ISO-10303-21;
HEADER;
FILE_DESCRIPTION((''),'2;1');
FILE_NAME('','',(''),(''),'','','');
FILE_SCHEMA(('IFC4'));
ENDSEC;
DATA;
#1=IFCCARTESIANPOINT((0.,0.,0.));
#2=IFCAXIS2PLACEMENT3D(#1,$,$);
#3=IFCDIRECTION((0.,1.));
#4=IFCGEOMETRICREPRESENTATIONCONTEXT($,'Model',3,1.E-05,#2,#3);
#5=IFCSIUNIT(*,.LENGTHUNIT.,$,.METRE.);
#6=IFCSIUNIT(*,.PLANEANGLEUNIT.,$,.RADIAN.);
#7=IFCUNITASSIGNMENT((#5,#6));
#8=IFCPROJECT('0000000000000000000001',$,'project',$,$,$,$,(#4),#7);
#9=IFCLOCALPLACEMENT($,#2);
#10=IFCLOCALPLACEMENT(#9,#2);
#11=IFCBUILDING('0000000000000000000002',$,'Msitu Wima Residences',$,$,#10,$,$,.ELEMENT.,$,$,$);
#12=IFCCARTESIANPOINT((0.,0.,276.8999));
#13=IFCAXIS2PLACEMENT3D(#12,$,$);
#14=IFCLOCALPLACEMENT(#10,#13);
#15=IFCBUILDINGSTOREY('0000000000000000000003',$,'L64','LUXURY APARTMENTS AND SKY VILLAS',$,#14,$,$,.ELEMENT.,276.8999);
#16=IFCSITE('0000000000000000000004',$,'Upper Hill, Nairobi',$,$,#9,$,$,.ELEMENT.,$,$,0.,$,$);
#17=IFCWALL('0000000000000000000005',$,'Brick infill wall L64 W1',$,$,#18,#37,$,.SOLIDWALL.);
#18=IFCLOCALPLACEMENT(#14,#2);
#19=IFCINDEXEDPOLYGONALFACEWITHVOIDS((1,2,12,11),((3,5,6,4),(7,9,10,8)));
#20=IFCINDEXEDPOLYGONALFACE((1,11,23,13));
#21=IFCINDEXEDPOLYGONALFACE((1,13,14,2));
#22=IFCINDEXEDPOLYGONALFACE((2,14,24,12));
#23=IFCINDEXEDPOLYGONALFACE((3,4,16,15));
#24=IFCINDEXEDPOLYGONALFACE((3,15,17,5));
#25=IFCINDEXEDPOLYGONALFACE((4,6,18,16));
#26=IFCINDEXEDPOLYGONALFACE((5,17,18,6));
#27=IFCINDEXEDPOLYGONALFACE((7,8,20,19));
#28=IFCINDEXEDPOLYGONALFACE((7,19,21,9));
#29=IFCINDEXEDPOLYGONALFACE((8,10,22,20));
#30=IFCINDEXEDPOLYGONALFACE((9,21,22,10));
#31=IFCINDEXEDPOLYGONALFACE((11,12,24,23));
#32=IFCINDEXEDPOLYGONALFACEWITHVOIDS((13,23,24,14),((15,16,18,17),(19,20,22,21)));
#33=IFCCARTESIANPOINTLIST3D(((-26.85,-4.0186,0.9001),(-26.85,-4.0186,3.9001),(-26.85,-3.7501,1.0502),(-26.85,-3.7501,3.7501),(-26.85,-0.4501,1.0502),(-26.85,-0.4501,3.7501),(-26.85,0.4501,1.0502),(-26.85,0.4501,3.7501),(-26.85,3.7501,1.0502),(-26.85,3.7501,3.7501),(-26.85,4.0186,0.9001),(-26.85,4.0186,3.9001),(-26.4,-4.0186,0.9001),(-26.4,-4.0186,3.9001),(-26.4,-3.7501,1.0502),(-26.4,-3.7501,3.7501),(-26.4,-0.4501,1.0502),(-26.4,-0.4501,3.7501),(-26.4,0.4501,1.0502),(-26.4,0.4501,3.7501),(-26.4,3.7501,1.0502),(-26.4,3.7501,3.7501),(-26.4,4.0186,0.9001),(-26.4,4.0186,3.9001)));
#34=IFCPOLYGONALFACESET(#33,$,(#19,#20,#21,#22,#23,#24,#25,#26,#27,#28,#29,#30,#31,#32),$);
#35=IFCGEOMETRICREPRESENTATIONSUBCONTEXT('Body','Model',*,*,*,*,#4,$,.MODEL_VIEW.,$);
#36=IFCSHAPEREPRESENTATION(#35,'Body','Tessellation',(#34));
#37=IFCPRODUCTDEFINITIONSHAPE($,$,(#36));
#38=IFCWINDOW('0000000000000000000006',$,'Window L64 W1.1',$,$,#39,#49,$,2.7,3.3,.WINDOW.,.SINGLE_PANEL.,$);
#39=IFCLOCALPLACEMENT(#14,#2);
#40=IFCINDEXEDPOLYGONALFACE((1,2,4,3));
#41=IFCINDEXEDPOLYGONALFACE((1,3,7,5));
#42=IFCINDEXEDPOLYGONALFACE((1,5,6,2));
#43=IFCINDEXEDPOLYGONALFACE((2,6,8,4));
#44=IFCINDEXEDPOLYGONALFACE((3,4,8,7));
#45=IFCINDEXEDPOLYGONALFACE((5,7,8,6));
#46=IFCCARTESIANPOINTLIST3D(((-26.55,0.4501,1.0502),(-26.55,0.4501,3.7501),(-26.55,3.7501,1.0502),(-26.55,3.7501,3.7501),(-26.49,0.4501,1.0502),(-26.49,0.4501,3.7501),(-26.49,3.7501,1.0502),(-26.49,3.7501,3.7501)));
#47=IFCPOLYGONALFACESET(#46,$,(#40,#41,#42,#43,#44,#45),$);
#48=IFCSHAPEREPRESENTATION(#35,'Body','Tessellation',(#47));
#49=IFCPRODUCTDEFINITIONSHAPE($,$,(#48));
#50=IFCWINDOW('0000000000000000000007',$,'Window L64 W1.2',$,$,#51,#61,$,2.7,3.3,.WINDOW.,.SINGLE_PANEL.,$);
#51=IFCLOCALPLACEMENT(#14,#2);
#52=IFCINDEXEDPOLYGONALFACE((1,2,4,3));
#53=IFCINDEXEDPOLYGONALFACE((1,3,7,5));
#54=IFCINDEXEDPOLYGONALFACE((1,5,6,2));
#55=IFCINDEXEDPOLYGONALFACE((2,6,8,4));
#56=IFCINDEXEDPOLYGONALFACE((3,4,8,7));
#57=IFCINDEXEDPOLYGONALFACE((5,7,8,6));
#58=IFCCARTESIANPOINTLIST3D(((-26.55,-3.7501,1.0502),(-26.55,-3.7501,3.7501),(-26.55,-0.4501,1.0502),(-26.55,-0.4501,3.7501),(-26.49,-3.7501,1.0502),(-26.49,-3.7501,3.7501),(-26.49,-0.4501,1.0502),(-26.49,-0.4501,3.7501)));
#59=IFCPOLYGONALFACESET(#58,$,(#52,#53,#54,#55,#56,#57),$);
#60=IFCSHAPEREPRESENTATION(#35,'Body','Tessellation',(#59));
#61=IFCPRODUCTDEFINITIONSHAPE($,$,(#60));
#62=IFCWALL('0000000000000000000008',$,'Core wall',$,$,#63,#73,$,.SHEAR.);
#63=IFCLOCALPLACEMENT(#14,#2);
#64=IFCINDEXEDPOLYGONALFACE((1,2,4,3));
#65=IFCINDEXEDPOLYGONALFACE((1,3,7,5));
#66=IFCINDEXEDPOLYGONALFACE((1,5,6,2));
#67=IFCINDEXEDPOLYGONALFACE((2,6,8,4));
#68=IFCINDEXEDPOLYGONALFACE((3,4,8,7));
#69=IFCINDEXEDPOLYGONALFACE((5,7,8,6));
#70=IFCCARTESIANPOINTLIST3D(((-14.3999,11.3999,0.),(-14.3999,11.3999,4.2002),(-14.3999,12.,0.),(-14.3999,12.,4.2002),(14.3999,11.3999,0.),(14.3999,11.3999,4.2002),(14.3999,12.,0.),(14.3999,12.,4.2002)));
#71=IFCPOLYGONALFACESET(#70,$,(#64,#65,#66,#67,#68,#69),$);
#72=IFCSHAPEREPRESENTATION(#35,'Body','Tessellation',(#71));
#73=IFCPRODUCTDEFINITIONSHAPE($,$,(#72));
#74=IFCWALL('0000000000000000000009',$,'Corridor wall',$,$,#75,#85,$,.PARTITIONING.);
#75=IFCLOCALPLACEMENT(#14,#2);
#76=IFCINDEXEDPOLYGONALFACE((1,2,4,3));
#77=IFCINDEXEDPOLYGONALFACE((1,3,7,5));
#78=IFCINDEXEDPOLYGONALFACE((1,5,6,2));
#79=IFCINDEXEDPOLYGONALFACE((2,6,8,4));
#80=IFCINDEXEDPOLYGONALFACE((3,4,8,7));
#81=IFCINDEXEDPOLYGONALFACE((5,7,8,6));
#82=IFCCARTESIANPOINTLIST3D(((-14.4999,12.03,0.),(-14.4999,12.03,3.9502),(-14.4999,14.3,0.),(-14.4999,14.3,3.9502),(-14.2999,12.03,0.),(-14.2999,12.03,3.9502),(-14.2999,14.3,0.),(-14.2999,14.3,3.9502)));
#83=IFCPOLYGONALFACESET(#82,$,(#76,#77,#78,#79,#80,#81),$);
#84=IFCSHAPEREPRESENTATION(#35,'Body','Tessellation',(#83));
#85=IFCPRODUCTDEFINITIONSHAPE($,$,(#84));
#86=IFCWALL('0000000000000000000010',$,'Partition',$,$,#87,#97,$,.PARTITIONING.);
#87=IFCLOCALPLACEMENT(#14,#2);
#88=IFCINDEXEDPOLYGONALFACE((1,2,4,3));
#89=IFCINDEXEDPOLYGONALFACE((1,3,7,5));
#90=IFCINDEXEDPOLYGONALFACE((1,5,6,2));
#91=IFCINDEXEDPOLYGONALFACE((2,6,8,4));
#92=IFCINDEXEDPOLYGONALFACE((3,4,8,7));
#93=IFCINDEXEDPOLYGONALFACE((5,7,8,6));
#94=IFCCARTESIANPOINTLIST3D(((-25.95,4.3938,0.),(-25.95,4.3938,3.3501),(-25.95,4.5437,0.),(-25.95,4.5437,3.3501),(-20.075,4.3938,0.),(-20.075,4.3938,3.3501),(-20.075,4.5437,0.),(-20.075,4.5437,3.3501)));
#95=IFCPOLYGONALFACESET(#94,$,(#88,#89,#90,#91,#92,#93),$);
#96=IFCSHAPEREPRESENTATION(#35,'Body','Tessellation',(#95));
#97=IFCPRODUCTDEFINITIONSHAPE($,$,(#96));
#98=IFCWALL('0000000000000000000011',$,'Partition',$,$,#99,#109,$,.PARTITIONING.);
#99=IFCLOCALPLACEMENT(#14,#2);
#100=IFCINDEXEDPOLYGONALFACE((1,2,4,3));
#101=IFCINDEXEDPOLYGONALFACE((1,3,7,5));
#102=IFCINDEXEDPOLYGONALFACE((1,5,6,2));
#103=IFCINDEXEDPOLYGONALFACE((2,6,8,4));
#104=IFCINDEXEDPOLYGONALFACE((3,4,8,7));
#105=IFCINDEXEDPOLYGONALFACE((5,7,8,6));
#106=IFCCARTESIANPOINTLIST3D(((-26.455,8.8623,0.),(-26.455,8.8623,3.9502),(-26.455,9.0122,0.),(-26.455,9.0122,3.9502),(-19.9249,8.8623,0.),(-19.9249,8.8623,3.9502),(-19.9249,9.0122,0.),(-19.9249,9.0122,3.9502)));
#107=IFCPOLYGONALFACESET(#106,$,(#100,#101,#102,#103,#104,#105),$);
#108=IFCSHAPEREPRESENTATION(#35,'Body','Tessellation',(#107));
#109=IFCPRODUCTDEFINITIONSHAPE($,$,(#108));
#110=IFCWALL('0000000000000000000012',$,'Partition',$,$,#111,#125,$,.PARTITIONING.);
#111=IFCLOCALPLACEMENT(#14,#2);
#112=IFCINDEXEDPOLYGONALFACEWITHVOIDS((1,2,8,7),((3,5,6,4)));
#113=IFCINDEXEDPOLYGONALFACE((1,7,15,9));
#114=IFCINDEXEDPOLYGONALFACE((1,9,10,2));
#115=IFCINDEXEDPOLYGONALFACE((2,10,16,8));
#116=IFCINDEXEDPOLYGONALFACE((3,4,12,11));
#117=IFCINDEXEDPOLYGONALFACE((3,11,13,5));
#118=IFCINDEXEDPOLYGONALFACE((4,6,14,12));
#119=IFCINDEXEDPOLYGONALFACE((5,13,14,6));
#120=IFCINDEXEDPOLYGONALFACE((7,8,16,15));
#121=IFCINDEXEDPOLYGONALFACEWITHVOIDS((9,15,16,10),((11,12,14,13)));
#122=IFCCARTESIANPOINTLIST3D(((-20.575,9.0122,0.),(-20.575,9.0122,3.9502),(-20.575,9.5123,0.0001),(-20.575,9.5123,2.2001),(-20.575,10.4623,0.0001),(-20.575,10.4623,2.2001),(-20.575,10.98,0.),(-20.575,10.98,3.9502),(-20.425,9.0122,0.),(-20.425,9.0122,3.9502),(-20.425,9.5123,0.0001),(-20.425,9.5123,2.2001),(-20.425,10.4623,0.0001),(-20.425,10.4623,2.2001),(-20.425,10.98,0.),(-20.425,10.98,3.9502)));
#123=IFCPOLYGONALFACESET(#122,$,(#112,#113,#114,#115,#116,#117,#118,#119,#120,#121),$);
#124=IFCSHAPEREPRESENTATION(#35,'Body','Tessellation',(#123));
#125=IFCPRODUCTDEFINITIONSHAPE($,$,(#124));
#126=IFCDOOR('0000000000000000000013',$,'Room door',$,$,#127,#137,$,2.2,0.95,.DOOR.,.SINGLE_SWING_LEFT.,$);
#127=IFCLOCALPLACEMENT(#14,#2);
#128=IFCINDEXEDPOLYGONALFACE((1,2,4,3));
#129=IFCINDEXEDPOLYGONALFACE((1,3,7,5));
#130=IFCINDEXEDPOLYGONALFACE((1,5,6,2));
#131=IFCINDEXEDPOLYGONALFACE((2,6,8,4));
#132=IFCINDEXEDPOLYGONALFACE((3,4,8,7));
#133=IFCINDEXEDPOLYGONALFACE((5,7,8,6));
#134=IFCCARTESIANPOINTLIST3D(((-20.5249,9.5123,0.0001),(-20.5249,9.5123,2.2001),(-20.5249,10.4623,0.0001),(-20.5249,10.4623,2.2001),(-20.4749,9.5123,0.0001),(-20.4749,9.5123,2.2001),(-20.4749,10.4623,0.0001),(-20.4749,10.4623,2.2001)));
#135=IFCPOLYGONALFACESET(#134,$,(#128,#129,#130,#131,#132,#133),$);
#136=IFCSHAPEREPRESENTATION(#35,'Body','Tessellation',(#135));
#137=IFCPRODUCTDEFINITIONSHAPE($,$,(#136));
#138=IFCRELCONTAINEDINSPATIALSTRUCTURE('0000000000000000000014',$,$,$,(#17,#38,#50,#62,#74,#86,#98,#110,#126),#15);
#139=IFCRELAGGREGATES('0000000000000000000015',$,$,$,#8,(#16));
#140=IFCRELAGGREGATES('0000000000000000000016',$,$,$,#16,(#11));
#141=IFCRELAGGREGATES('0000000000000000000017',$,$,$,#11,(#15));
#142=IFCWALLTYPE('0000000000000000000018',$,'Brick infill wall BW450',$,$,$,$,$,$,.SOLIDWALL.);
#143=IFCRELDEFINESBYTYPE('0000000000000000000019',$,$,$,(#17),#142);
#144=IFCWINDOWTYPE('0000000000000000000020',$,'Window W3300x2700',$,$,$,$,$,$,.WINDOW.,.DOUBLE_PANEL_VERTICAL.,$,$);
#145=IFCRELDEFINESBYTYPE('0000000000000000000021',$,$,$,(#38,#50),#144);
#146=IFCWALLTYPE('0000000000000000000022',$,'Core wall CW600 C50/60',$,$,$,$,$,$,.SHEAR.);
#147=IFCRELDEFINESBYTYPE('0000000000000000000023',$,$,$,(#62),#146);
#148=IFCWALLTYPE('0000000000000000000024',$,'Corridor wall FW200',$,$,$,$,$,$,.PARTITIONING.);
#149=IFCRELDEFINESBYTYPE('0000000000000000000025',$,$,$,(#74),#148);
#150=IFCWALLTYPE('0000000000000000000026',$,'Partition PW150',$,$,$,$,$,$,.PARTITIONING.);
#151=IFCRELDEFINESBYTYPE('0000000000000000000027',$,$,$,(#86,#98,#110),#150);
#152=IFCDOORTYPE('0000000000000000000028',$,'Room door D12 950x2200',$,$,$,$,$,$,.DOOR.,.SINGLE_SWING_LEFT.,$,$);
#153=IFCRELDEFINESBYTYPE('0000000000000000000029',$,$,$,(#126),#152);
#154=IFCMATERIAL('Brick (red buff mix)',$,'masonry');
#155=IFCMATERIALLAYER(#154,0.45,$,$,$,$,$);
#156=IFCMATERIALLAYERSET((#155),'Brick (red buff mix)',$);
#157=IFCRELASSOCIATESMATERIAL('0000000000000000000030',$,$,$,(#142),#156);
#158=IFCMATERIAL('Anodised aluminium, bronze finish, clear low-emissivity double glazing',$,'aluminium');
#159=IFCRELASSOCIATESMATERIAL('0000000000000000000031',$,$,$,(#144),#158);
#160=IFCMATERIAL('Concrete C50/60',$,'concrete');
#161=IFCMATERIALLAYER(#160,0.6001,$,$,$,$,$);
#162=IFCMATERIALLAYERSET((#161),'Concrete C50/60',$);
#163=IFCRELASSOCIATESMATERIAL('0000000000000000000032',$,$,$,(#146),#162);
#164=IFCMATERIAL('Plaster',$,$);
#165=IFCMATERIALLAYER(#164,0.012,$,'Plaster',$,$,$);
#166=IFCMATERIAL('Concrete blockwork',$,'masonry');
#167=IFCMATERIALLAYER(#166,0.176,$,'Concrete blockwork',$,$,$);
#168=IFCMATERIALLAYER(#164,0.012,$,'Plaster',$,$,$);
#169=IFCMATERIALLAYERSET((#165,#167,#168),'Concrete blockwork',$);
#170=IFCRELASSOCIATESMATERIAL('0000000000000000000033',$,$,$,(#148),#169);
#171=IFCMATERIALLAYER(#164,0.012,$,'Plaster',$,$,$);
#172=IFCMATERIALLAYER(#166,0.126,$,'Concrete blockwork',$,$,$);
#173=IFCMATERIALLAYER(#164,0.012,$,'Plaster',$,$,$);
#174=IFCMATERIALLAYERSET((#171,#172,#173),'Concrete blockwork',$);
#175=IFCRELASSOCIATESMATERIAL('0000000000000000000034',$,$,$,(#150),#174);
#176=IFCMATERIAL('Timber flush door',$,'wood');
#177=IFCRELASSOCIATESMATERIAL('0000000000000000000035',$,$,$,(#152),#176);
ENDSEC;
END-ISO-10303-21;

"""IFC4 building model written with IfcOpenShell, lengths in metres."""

from ifc_helpers import new_model, si_unit, direction, frame, frame_2d, origin, place, context, subcontext, project, spatial, rectangle, extrude, material, layer, layer_set, type_object, element, fill, save


model = new_model("IFC4")

# Units and contexts
model_context = context("Model", 3, precision=1e-05, world=origin(), true_north=direction((0.0, 1.0)))
body_context = subcontext(model_context, "Body", "Model", "MODEL_VIEW")
ifc_project = project(units=[si_unit("LENGTHUNIT", "METRE"), si_unit("PLANEANGLEUNIT", "RADIAN")], contexts=[model_context])

# Site, building, storey
site_placement = place(None, origin())
site = spatial("IfcSite", under=ifc_project, at=site_placement, Name="Upper Hill, Nairobi", CompositionType="ELEMENT", RefElevation=0.0)
building_placement = place(site_placement, origin())
building = spatial("IfcBuilding", under=site, at=building_placement, Name="Msitu Wima Residences", CompositionType="ELEMENT")
storey_placement = place(building_placement, frame((0.0, 0.0, 276.8999)))
storey = spatial("IfcBuildingStorey", under=building, at=storey_placement, Name="L64", Description="LUXURY APARTMENTS AND SKY VILLAS", CompositionType="ELEMENT", Elevation=276.8999)

# Shared definitions
ifc_material_1 = material(Name="Concrete C50/60", Category="concrete")

# Shared definitions
ifc_material_2 = material(Name="Brick (red buff mix)", Category="masonry")
ifc_layer_1 = layer(ifc_material_2, 0.45)
ifc_layer_set_1 = layer_set([ifc_layer_1], Name="Brick (red buff mix)")
wall_type_1 = type_object("IfcWallType", Name="Brick infill wall BW450", PredefinedType="SOLIDWALL", material=ifc_layer_set_1)
ifc_material_3 = material(Name="Anodised aluminium, bronze finish, clear low-emissivity double glazing", Category="aluminium")
window_type = type_object("IfcWindowType", Name="Window W3300x2700", PartitioningType="DOUBLE_PANEL_VERTICAL", PredefinedType="WINDOW", material=ifc_material_3)

# Wall, openings, windows
wall_1_placement = place(storey_placement, frame((-26.625, 4.0186, 0.9001), z_axis=(0.0, 0.0, 1.0), x_axis=(0.0, -1.0, 0.0)))
wall_1 = element("IfcWall", 1, at=wall_1_placement, inside=storey, type_object=wall_type_1, Name="Brick infill wall L64 W1", PredefinedType="SOLIDWALL", context=body_context, shape_type="SweptSolid", body=[
    extrude(rectangle(XDim=8.0371, YDim=0.45, at=frame_2d((4.0186, 0.0))), origin(), (0.0, 0.0, 1.0), 3.0),
])
opening_1_placement = place(wall_1_placement, frame((0.2686, 0.0, 0.1499)))
opening_1 = element("IfcOpeningElement", 2, at=opening_1_placement, cuts=wall_1, PredefinedType="OPENING", context=body_context, shape_type="SweptSolid", body=[
    extrude(rectangle(XDim=3.3, YDim=2.7, at=frame_2d((1.6499, 1.3501))), frame((0.0, 0.2349, 0.0), z_axis=(0.0, -1.0, 0.0), x_axis=(1.0, 0.0, 0.0)), (0.0, 0.0, 1.0), 0.47),
])
opening_2_placement = place(wall_1_placement, frame((4.4688, 0.0, 0.1499)))
opening_2 = element("IfcOpeningElement", 3, at=opening_2_placement, cuts=wall_1, PredefinedType="OPENING", context=body_context, shape_type="SweptSolid", body=[
    extrude(rectangle(XDim=3.3, YDim=2.7, at=frame_2d((1.6499, 1.3501))), frame((0.0, 0.2349, 0.0), z_axis=(0.0, -1.0, 0.0), x_axis=(1.0, 0.0, 0.0)), (0.0, 0.0, 1.0), 0.47),
])
window_1_placement = place(opening_1_placement, origin())
window_1 = element("IfcWindow", 4, at=window_1_placement, inside=storey, type_object=window_type, Name="Window L64 W1.1", OverallHeight=2.7, OverallWidth=3.3, PartitioningType="SINGLE_PANEL", PredefinedType="WINDOW", context=body_context, shape_type="SweptSolid", body=[
    extrude(rectangle(XDim=3.3, YDim=2.7, at=frame_2d((1.6499, 1.3501))), frame((0.0, 0.135, 0.0), z_axis=(0.0, -1.0, 0.0), x_axis=(1.0, 0.0, 0.0)), (0.0, 0.0, 1.0), 0.0601),
])
fill(opening_1, window_1)
window_2_placement = place(opening_2_placement, origin())
window_2 = element("IfcWindow", 5, at=window_2_placement, inside=storey, type_object=window_type, Name="Window L64 W1.2", OverallHeight=2.7, OverallWidth=3.3, PartitioningType="SINGLE_PANEL", PredefinedType="WINDOW", context=body_context, shape_type="SweptSolid", body=[
    extrude(rectangle(XDim=3.3, YDim=2.7, at=frame_2d((1.6499, 1.3501))), frame((0.0, 0.135, 0.0), z_axis=(0.0, -1.0, 0.0), x_axis=(1.0, 0.0, 0.0)), (0.0, 0.0, 1.0), 0.0601),
])
fill(opening_2, window_2)

# Walls
ifc_layer_2 = layer(ifc_material_1, 0.6001)
ifc_layer_set_2 = layer_set([ifc_layer_2], Name="Concrete C50/60")
wall_type_2 = type_object("IfcWallType", Name="Core wall CW600 C50/60", PredefinedType="SHEAR", material=ifc_layer_set_2)
wall_2_placement = place(storey_placement, frame((-14.3999, 11.7, 0.0), z_axis=(0.0, 0.0, 1.0), x_axis=(1.0, 0.0, 0.0)))
element("IfcWall", 6, at=wall_2_placement, inside=storey, type_object=wall_type_2, Name="Core wall", PredefinedType="SHEAR", context=body_context, shape_type="SweptSolid", body=[
    extrude(rectangle(XDim=28.7998, YDim=0.6001, at=frame_2d((14.3999, 0.0))), origin(), (0.0, 0.0, 1.0), 4.2002),
])
ifc_material_4 = material(Name="Plaster")
ifc_layer_3 = layer(ifc_material_4, 0.012, Name="Plaster")
ifc_material_5 = material(Name="Concrete blockwork", Category="masonry")
ifc_layer_4 = layer(ifc_material_5, 0.176, Name="Concrete blockwork")
ifc_layer_5 = layer(ifc_material_4, 0.012, Name="Plaster")
ifc_layer_set_3 = layer_set([ifc_layer_3, ifc_layer_4, ifc_layer_5], Name="Concrete blockwork")
wall_type_3 = type_object("IfcWallType", Name="Corridor wall FW200", PredefinedType="PARTITIONING", material=ifc_layer_set_3)
wall_3_placement = place(storey_placement, frame((-14.3999, 12.03, 0.0), z_axis=(0.0, 0.0, 1.0), x_axis=(0.0, 1.0, 0.0)))
element("IfcWall", 7, at=wall_3_placement, inside=storey, type_object=wall_type_3, Name="Corridor wall", PredefinedType="PARTITIONING", context=body_context, shape_type="SweptSolid", body=[
    extrude(rectangle(XDim=2.27, YDim=0.2, at=frame_2d((1.135, 0.0))), origin(), (0.0, 0.0, 1.0), 3.9502),
])
ifc_layer_6 = layer(ifc_material_4, 0.012, Name="Plaster")
ifc_layer_7 = layer(ifc_material_5, 0.126, Name="Concrete blockwork")
ifc_layer_8 = layer(ifc_material_4, 0.012, Name="Plaster")
ifc_layer_set_4 = layer_set([ifc_layer_6, ifc_layer_7, ifc_layer_8], Name="Concrete blockwork")
wall_type_4 = type_object("IfcWallType", Name="Partition PW150", PredefinedType="PARTITIONING", material=ifc_layer_set_4)
wall_4_placement = place(storey_placement, frame((-25.95, 4.4688, 0.0), z_axis=(0.0, 0.0, 1.0), x_axis=(1.0, 0.0, 0.0)))
element("IfcWall", 8, at=wall_4_placement, inside=storey, type_object=wall_type_4, Name="Partition", PredefinedType="PARTITIONING", context=body_context, shape_type="SweptSolid", body=[
    extrude(rectangle(XDim=5.875, YDim=0.1499, at=frame_2d((2.9375, 0.0))), origin(), (0.0, 0.0, 1.0), 3.3501),
])
wall_5_placement = place(storey_placement, frame((-26.4551, 8.9373, 0.0), z_axis=(0.0, 0.0, 1.0), x_axis=(1.0, 0.0, 0.0)))
element("IfcWall", 9, at=wall_5_placement, inside=storey, type_object=wall_type_4, Name="Partition", PredefinedType="PARTITIONING", context=body_context, shape_type="SweptSolid", body=[
    extrude(rectangle(XDim=6.53, YDim=0.1499, at=frame_2d((3.2651, 0.0))), origin(), (0.0, 0.0, 1.0), 3.9502),
])

# Wall, opening, door
wall_6_placement = place(storey_placement, frame((-20.5, 9.0122, 0.0), z_axis=(0.0, 0.0, 1.0), x_axis=(0.0, 1.0, 0.0)))
wall_6 = element("IfcWall", 10, at=wall_6_placement, inside=storey, type_object=wall_type_4, Name="Partition", PredefinedType="PARTITIONING", context=body_context, shape_type="SweptSolid", body=[
    extrude(rectangle(XDim=1.9678, YDim=0.1499, at=frame_2d((0.9839, 0.0))), origin(), (0.0, 0.0, 1.0), 3.9502),
])
opening_3_placement = place(wall_6_placement, frame((0.5, 0.0, 0.0)))
opening_3 = element("IfcOpeningElement", 11, at=opening_3_placement, cuts=wall_6, PredefinedType="OPENING", context=body_context, shape_type="SweptSolid", body=[
    extrude(rectangle(XDim=0.95, YDim=2.2, at=frame_2d((0.4751, 1.1001))), frame((0.0, 0.085, 0.0), z_axis=(0.0, -1.0, 0.0), x_axis=(1.0, 0.0, 0.0)), (0.0, 0.0, 1.0), 0.1699),
])
ifc_material_6 = material(Name="Timber flush door", Category="wood")
door_type_1 = type_object("IfcDoorType", Name="Room door D12 950x2200", OperationType="SINGLE_SWING_LEFT", PredefinedType="DOOR", material=ifc_material_6)
door_1_placement = place(opening_3_placement, origin())
door_1 = element("IfcDoor", 12, at=door_1_placement, inside=storey, type_object=door_type_1, Name="Room door", OperationType="SINGLE_SWING_LEFT", OverallHeight=2.2, OverallWidth=0.95, PredefinedType="DOOR", context=body_context, shape_type="SweptSolid", body=[
    extrude(rectangle(XDim=0.95, YDim=2.2, at=frame_2d((0.4751, 1.1001))), frame((0.0, 0.0249, 0.0), z_axis=(0.0, -1.0, 0.0), x_axis=(1.0, 0.0, 0.0)), (0.0, 0.0, 1.0), 0.05),
])
fill(opening_3, door_1)

save(model, "model.ifc")
